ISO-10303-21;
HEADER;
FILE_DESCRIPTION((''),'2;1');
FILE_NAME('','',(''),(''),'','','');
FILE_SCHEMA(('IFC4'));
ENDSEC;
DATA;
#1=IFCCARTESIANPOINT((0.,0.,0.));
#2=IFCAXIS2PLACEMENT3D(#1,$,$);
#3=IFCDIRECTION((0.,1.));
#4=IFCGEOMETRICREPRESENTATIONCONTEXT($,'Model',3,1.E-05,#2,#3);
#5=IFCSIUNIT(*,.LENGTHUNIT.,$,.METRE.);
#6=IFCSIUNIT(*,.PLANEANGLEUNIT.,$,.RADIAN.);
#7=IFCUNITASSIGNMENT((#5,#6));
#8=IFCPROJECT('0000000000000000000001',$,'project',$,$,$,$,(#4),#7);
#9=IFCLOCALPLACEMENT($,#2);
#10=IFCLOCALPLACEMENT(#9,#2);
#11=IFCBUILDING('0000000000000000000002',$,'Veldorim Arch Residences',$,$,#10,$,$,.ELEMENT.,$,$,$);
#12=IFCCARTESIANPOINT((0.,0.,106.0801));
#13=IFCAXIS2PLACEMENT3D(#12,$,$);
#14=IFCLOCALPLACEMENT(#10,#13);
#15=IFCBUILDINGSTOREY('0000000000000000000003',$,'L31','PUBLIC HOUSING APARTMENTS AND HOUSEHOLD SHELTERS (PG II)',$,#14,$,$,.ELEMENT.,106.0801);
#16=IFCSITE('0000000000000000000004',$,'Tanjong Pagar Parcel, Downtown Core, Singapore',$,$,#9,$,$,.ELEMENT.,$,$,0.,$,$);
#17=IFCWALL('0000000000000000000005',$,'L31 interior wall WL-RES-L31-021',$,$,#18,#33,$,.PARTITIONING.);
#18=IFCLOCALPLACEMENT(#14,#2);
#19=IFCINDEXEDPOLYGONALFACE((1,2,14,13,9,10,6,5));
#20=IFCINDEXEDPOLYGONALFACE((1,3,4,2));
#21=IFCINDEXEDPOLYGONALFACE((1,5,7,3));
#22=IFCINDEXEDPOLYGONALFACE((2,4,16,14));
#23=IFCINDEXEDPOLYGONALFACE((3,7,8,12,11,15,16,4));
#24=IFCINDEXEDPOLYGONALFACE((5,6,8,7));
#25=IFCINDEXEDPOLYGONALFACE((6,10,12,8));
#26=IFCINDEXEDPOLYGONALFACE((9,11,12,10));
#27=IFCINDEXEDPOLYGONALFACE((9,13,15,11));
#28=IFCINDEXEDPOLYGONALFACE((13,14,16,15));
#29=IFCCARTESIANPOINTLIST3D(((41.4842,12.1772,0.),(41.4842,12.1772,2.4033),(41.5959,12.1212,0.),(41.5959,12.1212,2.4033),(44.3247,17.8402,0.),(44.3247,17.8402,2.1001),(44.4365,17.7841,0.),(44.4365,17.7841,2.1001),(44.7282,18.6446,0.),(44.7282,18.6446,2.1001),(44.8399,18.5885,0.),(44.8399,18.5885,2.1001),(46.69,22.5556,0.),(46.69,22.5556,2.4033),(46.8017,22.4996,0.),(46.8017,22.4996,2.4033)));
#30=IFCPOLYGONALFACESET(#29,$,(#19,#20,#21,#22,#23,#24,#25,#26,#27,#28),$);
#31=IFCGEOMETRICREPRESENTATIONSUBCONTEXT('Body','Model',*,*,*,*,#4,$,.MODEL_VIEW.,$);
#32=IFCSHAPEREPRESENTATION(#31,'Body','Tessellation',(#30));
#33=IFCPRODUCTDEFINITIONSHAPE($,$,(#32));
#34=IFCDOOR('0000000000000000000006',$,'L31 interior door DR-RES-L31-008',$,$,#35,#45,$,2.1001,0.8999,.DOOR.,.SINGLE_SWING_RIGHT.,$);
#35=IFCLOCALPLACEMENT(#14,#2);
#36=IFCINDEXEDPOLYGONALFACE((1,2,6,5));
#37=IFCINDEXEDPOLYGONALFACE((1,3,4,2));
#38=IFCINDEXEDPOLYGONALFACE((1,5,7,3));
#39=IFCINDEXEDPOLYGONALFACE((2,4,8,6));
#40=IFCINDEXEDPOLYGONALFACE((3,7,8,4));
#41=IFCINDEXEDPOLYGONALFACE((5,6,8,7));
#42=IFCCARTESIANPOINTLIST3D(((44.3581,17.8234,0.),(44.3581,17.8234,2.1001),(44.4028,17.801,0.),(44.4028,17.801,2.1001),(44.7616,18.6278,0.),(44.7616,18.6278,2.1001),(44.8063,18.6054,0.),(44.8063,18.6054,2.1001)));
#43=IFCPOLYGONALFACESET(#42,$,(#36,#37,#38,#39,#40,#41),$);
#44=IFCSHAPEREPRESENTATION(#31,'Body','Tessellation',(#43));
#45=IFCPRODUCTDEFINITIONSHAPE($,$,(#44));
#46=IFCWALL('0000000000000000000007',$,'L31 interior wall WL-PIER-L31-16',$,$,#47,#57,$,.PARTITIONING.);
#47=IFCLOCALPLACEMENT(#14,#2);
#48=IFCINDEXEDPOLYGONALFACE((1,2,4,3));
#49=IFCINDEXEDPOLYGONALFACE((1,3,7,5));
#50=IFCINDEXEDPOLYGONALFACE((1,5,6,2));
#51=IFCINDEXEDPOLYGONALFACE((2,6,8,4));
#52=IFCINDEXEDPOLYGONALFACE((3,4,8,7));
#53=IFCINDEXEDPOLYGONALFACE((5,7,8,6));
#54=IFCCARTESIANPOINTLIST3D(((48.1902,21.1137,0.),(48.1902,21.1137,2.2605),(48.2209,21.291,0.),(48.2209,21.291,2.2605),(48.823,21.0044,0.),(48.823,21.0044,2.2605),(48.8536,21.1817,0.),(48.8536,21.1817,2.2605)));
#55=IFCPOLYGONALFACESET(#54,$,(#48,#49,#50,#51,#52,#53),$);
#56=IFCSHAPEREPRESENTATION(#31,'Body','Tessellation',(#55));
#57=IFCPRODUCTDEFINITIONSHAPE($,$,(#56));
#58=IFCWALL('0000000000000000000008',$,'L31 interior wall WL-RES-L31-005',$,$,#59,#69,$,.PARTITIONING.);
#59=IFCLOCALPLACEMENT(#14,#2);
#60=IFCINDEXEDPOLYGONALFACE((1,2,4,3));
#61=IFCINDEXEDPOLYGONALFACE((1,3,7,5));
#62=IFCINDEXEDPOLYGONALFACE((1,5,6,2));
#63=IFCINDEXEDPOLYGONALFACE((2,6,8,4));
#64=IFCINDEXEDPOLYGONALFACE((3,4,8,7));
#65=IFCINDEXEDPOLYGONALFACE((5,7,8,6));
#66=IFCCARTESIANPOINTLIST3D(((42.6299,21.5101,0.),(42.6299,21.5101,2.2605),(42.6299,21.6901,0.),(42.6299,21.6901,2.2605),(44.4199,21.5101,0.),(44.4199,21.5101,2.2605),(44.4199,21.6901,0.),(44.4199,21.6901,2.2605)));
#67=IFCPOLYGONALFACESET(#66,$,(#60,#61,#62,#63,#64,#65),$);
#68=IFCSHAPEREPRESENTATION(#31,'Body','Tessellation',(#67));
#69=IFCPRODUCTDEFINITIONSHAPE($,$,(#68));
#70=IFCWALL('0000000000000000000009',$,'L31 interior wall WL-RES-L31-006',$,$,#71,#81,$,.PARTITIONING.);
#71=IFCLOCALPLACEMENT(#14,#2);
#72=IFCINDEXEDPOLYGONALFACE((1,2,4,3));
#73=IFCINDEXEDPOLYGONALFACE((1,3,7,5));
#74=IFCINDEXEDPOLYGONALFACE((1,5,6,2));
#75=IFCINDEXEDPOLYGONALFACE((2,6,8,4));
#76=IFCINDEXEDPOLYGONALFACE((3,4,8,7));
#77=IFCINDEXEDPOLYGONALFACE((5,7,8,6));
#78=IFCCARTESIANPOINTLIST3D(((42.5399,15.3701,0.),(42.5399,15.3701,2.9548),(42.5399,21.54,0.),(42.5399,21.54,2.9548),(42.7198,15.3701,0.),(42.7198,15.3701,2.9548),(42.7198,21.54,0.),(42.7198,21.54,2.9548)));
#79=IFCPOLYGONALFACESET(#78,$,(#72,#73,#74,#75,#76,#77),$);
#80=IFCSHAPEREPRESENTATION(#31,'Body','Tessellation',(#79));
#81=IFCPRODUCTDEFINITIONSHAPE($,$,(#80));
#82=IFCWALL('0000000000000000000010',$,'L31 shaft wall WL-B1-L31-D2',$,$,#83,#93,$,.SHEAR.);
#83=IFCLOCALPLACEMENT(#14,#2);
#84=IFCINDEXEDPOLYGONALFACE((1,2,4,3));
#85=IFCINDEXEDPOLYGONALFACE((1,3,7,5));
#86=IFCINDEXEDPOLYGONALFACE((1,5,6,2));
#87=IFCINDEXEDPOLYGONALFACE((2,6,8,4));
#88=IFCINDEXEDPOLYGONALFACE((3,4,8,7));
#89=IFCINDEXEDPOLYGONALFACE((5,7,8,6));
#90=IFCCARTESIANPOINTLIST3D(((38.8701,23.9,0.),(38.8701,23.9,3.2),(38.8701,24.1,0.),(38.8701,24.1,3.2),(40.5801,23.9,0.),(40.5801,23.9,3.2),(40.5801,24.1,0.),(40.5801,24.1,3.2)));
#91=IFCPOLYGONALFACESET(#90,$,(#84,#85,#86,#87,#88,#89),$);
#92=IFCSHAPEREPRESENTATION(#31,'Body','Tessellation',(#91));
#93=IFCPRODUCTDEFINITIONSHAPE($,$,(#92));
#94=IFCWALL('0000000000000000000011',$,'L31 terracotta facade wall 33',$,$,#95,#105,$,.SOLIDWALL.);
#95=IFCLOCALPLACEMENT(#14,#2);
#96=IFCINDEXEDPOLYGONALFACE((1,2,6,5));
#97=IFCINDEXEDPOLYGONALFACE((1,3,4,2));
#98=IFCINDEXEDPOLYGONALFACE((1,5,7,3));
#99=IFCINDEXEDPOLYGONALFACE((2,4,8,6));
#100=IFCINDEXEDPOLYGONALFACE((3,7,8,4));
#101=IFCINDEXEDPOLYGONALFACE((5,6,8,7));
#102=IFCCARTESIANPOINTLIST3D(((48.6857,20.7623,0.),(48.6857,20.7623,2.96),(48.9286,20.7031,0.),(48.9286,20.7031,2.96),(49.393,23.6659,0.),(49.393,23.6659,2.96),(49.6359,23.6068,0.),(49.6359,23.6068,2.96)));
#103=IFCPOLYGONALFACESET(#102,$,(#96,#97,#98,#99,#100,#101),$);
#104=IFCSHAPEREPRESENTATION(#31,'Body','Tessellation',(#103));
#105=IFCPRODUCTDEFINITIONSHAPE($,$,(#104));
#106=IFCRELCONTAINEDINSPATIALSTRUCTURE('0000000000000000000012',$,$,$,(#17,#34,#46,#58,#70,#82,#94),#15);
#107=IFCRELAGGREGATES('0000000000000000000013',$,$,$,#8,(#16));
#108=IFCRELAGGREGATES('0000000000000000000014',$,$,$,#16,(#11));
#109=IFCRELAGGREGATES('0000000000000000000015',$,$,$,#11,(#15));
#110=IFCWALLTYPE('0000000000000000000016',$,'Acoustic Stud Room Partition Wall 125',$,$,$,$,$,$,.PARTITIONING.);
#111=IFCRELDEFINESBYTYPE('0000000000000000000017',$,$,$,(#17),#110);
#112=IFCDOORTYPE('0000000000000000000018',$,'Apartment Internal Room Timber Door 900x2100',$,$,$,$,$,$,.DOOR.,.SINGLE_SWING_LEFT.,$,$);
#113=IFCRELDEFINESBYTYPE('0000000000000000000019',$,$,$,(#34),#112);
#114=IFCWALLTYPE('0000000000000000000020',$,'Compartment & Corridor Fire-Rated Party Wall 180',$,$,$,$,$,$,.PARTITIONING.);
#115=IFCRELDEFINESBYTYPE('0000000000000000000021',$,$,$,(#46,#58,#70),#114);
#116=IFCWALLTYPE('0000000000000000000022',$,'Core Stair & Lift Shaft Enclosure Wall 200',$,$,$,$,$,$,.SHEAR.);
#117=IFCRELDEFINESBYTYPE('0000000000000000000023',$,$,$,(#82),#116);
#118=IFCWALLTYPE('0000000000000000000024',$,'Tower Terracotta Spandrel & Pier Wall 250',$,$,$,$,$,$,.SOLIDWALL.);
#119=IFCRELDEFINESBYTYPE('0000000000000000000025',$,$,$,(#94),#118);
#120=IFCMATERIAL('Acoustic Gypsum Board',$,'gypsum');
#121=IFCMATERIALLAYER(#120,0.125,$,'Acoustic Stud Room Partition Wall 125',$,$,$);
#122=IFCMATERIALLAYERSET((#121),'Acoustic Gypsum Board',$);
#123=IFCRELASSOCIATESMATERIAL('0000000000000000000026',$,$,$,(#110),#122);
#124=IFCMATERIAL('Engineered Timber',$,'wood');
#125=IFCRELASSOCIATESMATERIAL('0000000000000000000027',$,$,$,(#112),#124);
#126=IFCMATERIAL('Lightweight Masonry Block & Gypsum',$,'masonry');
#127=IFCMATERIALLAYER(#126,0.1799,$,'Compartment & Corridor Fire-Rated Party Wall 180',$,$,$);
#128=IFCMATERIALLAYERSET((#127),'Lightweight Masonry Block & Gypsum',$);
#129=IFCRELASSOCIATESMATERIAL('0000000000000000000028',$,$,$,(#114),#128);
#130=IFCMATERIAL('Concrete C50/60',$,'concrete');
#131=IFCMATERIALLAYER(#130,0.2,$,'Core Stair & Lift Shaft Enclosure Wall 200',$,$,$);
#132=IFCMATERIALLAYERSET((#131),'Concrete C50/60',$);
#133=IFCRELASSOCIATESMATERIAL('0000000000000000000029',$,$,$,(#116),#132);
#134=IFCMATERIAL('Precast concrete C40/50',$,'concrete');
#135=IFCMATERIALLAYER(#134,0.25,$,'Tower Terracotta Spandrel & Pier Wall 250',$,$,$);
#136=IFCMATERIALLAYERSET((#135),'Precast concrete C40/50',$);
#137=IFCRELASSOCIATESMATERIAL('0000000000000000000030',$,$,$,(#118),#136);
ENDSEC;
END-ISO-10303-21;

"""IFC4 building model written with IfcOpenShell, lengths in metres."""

from ifc_helpers import new_model, si_unit, direction, frame, frame_2d, origin, place, context, subcontext, project, spatial, rectangle, extrude, material, layer, layer_set, type_object, element, fill, save


model = new_model("IFC4")

# Units and contexts
model_context = context("Model", 3, precision=1e-05, world=origin(), true_north=direction((0.0, 1.0)))
body_context = subcontext(model_context, "Body", "Model", "MODEL_VIEW")
ifc_project = project(units=[si_unit("LENGTHUNIT", "METRE"), si_unit("PLANEANGLEUNIT", "RADIAN")], contexts=[model_context])

# Site, building, storey
site_placement = place(None, origin())
site = spatial("IfcSite", under=ifc_project, at=site_placement, Name="Tanjong Pagar Parcel, Downtown Core, Singapore", CompositionType="ELEMENT", RefElevation=0.0)
building_placement = place(site_placement, origin())
building = spatial("IfcBuilding", under=site, at=building_placement, Name="Veldorim Arch Residences", CompositionType="ELEMENT")
storey_placement = place(building_placement, frame((0.0, 0.0, 106.0801)))
storey = spatial("IfcBuildingStorey", under=building, at=storey_placement, Name="L31", Description="PUBLIC HOUSING APARTMENTS AND HOUSEHOLD SHELTERS (PG II)", CompositionType="ELEMENT", Elevation=106.0801)

# Wall, opening, door
ifc_material_1 = material(Name="Acoustic Gypsum Board", Category="gypsum")
ifc_layer_1 = layer(ifc_material_1, 0.125, Name="Acoustic Stud Room Partition Wall 125")
ifc_layer_set_1 = layer_set([ifc_layer_1], Name="Acoustic Gypsum Board")
wall_type_1 = type_object("IfcWallType", Name="Acoustic Stud Room Partition Wall 125", PredefinedType="PARTITIONING", material=ifc_layer_set_1)
ifc_material_2 = material(Name="Engineered Timber", Category="wood")
door_type = type_object("IfcDoorType", Name="Apartment Internal Room Timber Door 900x2100", OperationType="SINGLE_SWING_LEFT", PredefinedType="DOOR", material=ifc_material_2)
wall_1_placement = place(storey_placement, frame((46.7458, 22.5276, 0.0), z_axis=(0.0, 0.0, 1.0), x_axis=(-0.448357, -0.893855, 0.0)))
wall_1 = element("IfcWall", 1, at=wall_1_placement, inside=storey, type_object=wall_type_1, Name="L31 interior wall WL-RES-L31-021", PredefinedType="PARTITIONING", context=body_context, shape_type="SweptSolid", body=[
    extrude(rectangle(XDim=11.6108, YDim=0.125, at=frame_2d((5.8054, 0.0))), origin(), (0.0, 0.0, 1.0), 2.4033),
])
opening_1_placement = place(wall_1_placement, frame((4.3755, 0.0, 0.0)))
opening_1 = element("IfcOpeningElement", 2, at=opening_1_placement, cuts=wall_1, PredefinedType="OPENING", context=body_context, shape_type="SweptSolid", body=[
    extrude(rectangle(XDim=0.8999, YDim=2.1001, at=frame_2d((0.45, 1.05))), frame((0.0, 0.0725, 0.0), z_axis=(0.0, -1.0, 0.0), x_axis=(1.0, 0.0, 0.0)), (0.0, 0.0, 1.0), 0.145),
])
door_1_placement = place(opening_1_placement, origin())
door_1 = element("IfcDoor", 3, at=door_1_placement, inside=storey, type_object=door_type, Name="L31 interior door DR-RES-L31-008", OperationType="SINGLE_SWING_RIGHT", OverallHeight=2.1001, OverallWidth=0.8999, PredefinedType="DOOR", context=body_context, shape_type="SweptSolid", body=[
    extrude(rectangle(XDim=0.8999, YDim=2.1001, at=frame_2d((0.45, 1.05))), frame((0.0, 0.0249, 0.0), z_axis=(0.0, -1.0, 0.0), x_axis=(1.0, 0.0, 0.0)), (0.0, 0.0, 1.0), 0.05),
])
fill(opening_1, door_1)

# Walls
ifc_material_3 = material(Name="Lightweight Masonry Block & Gypsum", Category="masonry")
ifc_layer_2 = layer(ifc_material_3, 0.1799, Name="Compartment & Corridor Fire-Rated Party Wall 180")
ifc_layer_set_2 = layer_set([ifc_layer_2], Name="Lightweight Masonry Block & Gypsum")
wall_type_2 = type_object("IfcWallType", Name="Compartment & Corridor Fire-Rated Party Wall 180", PredefinedType="PARTITIONING", material=ifc_layer_set_2)
wall_2_placement = place(storey_placement, frame((48.2056, 21.2024, 0.0), z_axis=(0.0, 0.0, 1.0), x_axis=(0.98539, -0.170314, 0.0)))
element("IfcWall", 4, at=wall_2_placement, inside=storey, type_object=wall_type_2, Name="L31 interior wall WL-PIER-L31-16", PredefinedType="PARTITIONING", context=body_context, shape_type="SweptSolid", body=[
    extrude(rectangle(XDim=0.6421, YDim=0.1799, at=frame_2d((0.321, 0.0))), origin(), (0.0, 0.0, 1.0), 2.2605),
])
wall_3_placement = place(storey_placement, frame((44.4199, 21.6001, 0.0), z_axis=(0.0, 0.0, 1.0), x_axis=(-1.0, 0.0, 0.0)))
element("IfcWall", 5, at=wall_3_placement, inside=storey, type_object=wall_type_2, Name="L31 interior wall WL-RES-L31-005", PredefinedType="PARTITIONING", context=body_context, shape_type="SweptSolid", body=[
    extrude(rectangle(XDim=1.79, YDim=0.1799, at=frame_2d((0.895, 0.0))), origin(), (0.0, 0.0, 1.0), 2.2605),
])
wall_4_placement = place(storey_placement, frame((42.6299, 21.54, 0.0), z_axis=(0.0, 0.0, 1.0), x_axis=(0.0, -1.0, 0.0)))
element("IfcWall", 6, at=wall_4_placement, inside=storey, type_object=wall_type_2, Name="L31 interior wall WL-RES-L31-006", PredefinedType="PARTITIONING", context=body_context, shape_type="SweptSolid", body=[
    extrude(rectangle(XDim=6.1699, YDim=0.1799, at=frame_2d((3.085, 0.0))), origin(), (0.0, 0.0, 1.0), 2.9548),
])
ifc_material_4 = material(Name="Concrete C50/60", Category="concrete")
ifc_layer_3 = layer(ifc_material_4, 0.2, Name="Core Stair & Lift Shaft Enclosure Wall 200")
ifc_layer_set_3 = layer_set([ifc_layer_3], Name="Concrete C50/60")
wall_type_3 = type_object("IfcWallType", Name="Core Stair & Lift Shaft Enclosure Wall 200", PredefinedType="SHEAR", material=ifc_layer_set_3)
wall_5_placement = place(storey_placement, frame((38.8701, 24.0, 0.0), z_axis=(0.0, 0.0, 1.0), x_axis=(1.0, 0.0, 0.0)))
element("IfcWall", 7, at=wall_5_placement, inside=storey, type_object=wall_type_3, Name="L31 shaft wall WL-B1-L31-D2", PredefinedType="SHEAR", context=body_context, shape_type="SweptSolid", body=[
    extrude(rectangle(XDim=1.71, YDim=0.2, at=frame_2d((0.855, 0.0))), origin(), (0.0, 0.0, 1.0), 3.2),
])
ifc_material_5 = material(Name="Precast concrete C40/50", Category="concrete")
ifc_layer_4 = layer(ifc_material_5, 0.25, Name="Tower Terracotta Spandrel & Pier Wall 250")
ifc_layer_set_4 = layer_set([ifc_layer_4], Name="Precast concrete C40/50")
wall_type_4 = type_object("IfcWallType", Name="Tower Terracotta Spandrel & Pier Wall 250", PredefinedType="SOLIDWALL", material=ifc_layer_set_4)
wall_6_placement = place(storey_placement, frame((49.5144, 23.6362, 0.0), z_axis=(0.0, 0.0, 1.0), x_axis=(-0.236668, -0.97159, 0.0)))
element("IfcWall", 8, at=wall_6_placement, inside=storey, type_object=wall_type_4, Name="L31 terracotta facade wall 33", PredefinedType="SOLIDWALL", context=body_context, shape_type="SweptSolid", body=[
    extrude(rectangle(XDim=2.9885, YDim=0.25, at=frame_2d((1.4941, 0.0))), origin(), (0.0, 0.0, 1.0), 2.96),
])

save(model, "model.ifc")
